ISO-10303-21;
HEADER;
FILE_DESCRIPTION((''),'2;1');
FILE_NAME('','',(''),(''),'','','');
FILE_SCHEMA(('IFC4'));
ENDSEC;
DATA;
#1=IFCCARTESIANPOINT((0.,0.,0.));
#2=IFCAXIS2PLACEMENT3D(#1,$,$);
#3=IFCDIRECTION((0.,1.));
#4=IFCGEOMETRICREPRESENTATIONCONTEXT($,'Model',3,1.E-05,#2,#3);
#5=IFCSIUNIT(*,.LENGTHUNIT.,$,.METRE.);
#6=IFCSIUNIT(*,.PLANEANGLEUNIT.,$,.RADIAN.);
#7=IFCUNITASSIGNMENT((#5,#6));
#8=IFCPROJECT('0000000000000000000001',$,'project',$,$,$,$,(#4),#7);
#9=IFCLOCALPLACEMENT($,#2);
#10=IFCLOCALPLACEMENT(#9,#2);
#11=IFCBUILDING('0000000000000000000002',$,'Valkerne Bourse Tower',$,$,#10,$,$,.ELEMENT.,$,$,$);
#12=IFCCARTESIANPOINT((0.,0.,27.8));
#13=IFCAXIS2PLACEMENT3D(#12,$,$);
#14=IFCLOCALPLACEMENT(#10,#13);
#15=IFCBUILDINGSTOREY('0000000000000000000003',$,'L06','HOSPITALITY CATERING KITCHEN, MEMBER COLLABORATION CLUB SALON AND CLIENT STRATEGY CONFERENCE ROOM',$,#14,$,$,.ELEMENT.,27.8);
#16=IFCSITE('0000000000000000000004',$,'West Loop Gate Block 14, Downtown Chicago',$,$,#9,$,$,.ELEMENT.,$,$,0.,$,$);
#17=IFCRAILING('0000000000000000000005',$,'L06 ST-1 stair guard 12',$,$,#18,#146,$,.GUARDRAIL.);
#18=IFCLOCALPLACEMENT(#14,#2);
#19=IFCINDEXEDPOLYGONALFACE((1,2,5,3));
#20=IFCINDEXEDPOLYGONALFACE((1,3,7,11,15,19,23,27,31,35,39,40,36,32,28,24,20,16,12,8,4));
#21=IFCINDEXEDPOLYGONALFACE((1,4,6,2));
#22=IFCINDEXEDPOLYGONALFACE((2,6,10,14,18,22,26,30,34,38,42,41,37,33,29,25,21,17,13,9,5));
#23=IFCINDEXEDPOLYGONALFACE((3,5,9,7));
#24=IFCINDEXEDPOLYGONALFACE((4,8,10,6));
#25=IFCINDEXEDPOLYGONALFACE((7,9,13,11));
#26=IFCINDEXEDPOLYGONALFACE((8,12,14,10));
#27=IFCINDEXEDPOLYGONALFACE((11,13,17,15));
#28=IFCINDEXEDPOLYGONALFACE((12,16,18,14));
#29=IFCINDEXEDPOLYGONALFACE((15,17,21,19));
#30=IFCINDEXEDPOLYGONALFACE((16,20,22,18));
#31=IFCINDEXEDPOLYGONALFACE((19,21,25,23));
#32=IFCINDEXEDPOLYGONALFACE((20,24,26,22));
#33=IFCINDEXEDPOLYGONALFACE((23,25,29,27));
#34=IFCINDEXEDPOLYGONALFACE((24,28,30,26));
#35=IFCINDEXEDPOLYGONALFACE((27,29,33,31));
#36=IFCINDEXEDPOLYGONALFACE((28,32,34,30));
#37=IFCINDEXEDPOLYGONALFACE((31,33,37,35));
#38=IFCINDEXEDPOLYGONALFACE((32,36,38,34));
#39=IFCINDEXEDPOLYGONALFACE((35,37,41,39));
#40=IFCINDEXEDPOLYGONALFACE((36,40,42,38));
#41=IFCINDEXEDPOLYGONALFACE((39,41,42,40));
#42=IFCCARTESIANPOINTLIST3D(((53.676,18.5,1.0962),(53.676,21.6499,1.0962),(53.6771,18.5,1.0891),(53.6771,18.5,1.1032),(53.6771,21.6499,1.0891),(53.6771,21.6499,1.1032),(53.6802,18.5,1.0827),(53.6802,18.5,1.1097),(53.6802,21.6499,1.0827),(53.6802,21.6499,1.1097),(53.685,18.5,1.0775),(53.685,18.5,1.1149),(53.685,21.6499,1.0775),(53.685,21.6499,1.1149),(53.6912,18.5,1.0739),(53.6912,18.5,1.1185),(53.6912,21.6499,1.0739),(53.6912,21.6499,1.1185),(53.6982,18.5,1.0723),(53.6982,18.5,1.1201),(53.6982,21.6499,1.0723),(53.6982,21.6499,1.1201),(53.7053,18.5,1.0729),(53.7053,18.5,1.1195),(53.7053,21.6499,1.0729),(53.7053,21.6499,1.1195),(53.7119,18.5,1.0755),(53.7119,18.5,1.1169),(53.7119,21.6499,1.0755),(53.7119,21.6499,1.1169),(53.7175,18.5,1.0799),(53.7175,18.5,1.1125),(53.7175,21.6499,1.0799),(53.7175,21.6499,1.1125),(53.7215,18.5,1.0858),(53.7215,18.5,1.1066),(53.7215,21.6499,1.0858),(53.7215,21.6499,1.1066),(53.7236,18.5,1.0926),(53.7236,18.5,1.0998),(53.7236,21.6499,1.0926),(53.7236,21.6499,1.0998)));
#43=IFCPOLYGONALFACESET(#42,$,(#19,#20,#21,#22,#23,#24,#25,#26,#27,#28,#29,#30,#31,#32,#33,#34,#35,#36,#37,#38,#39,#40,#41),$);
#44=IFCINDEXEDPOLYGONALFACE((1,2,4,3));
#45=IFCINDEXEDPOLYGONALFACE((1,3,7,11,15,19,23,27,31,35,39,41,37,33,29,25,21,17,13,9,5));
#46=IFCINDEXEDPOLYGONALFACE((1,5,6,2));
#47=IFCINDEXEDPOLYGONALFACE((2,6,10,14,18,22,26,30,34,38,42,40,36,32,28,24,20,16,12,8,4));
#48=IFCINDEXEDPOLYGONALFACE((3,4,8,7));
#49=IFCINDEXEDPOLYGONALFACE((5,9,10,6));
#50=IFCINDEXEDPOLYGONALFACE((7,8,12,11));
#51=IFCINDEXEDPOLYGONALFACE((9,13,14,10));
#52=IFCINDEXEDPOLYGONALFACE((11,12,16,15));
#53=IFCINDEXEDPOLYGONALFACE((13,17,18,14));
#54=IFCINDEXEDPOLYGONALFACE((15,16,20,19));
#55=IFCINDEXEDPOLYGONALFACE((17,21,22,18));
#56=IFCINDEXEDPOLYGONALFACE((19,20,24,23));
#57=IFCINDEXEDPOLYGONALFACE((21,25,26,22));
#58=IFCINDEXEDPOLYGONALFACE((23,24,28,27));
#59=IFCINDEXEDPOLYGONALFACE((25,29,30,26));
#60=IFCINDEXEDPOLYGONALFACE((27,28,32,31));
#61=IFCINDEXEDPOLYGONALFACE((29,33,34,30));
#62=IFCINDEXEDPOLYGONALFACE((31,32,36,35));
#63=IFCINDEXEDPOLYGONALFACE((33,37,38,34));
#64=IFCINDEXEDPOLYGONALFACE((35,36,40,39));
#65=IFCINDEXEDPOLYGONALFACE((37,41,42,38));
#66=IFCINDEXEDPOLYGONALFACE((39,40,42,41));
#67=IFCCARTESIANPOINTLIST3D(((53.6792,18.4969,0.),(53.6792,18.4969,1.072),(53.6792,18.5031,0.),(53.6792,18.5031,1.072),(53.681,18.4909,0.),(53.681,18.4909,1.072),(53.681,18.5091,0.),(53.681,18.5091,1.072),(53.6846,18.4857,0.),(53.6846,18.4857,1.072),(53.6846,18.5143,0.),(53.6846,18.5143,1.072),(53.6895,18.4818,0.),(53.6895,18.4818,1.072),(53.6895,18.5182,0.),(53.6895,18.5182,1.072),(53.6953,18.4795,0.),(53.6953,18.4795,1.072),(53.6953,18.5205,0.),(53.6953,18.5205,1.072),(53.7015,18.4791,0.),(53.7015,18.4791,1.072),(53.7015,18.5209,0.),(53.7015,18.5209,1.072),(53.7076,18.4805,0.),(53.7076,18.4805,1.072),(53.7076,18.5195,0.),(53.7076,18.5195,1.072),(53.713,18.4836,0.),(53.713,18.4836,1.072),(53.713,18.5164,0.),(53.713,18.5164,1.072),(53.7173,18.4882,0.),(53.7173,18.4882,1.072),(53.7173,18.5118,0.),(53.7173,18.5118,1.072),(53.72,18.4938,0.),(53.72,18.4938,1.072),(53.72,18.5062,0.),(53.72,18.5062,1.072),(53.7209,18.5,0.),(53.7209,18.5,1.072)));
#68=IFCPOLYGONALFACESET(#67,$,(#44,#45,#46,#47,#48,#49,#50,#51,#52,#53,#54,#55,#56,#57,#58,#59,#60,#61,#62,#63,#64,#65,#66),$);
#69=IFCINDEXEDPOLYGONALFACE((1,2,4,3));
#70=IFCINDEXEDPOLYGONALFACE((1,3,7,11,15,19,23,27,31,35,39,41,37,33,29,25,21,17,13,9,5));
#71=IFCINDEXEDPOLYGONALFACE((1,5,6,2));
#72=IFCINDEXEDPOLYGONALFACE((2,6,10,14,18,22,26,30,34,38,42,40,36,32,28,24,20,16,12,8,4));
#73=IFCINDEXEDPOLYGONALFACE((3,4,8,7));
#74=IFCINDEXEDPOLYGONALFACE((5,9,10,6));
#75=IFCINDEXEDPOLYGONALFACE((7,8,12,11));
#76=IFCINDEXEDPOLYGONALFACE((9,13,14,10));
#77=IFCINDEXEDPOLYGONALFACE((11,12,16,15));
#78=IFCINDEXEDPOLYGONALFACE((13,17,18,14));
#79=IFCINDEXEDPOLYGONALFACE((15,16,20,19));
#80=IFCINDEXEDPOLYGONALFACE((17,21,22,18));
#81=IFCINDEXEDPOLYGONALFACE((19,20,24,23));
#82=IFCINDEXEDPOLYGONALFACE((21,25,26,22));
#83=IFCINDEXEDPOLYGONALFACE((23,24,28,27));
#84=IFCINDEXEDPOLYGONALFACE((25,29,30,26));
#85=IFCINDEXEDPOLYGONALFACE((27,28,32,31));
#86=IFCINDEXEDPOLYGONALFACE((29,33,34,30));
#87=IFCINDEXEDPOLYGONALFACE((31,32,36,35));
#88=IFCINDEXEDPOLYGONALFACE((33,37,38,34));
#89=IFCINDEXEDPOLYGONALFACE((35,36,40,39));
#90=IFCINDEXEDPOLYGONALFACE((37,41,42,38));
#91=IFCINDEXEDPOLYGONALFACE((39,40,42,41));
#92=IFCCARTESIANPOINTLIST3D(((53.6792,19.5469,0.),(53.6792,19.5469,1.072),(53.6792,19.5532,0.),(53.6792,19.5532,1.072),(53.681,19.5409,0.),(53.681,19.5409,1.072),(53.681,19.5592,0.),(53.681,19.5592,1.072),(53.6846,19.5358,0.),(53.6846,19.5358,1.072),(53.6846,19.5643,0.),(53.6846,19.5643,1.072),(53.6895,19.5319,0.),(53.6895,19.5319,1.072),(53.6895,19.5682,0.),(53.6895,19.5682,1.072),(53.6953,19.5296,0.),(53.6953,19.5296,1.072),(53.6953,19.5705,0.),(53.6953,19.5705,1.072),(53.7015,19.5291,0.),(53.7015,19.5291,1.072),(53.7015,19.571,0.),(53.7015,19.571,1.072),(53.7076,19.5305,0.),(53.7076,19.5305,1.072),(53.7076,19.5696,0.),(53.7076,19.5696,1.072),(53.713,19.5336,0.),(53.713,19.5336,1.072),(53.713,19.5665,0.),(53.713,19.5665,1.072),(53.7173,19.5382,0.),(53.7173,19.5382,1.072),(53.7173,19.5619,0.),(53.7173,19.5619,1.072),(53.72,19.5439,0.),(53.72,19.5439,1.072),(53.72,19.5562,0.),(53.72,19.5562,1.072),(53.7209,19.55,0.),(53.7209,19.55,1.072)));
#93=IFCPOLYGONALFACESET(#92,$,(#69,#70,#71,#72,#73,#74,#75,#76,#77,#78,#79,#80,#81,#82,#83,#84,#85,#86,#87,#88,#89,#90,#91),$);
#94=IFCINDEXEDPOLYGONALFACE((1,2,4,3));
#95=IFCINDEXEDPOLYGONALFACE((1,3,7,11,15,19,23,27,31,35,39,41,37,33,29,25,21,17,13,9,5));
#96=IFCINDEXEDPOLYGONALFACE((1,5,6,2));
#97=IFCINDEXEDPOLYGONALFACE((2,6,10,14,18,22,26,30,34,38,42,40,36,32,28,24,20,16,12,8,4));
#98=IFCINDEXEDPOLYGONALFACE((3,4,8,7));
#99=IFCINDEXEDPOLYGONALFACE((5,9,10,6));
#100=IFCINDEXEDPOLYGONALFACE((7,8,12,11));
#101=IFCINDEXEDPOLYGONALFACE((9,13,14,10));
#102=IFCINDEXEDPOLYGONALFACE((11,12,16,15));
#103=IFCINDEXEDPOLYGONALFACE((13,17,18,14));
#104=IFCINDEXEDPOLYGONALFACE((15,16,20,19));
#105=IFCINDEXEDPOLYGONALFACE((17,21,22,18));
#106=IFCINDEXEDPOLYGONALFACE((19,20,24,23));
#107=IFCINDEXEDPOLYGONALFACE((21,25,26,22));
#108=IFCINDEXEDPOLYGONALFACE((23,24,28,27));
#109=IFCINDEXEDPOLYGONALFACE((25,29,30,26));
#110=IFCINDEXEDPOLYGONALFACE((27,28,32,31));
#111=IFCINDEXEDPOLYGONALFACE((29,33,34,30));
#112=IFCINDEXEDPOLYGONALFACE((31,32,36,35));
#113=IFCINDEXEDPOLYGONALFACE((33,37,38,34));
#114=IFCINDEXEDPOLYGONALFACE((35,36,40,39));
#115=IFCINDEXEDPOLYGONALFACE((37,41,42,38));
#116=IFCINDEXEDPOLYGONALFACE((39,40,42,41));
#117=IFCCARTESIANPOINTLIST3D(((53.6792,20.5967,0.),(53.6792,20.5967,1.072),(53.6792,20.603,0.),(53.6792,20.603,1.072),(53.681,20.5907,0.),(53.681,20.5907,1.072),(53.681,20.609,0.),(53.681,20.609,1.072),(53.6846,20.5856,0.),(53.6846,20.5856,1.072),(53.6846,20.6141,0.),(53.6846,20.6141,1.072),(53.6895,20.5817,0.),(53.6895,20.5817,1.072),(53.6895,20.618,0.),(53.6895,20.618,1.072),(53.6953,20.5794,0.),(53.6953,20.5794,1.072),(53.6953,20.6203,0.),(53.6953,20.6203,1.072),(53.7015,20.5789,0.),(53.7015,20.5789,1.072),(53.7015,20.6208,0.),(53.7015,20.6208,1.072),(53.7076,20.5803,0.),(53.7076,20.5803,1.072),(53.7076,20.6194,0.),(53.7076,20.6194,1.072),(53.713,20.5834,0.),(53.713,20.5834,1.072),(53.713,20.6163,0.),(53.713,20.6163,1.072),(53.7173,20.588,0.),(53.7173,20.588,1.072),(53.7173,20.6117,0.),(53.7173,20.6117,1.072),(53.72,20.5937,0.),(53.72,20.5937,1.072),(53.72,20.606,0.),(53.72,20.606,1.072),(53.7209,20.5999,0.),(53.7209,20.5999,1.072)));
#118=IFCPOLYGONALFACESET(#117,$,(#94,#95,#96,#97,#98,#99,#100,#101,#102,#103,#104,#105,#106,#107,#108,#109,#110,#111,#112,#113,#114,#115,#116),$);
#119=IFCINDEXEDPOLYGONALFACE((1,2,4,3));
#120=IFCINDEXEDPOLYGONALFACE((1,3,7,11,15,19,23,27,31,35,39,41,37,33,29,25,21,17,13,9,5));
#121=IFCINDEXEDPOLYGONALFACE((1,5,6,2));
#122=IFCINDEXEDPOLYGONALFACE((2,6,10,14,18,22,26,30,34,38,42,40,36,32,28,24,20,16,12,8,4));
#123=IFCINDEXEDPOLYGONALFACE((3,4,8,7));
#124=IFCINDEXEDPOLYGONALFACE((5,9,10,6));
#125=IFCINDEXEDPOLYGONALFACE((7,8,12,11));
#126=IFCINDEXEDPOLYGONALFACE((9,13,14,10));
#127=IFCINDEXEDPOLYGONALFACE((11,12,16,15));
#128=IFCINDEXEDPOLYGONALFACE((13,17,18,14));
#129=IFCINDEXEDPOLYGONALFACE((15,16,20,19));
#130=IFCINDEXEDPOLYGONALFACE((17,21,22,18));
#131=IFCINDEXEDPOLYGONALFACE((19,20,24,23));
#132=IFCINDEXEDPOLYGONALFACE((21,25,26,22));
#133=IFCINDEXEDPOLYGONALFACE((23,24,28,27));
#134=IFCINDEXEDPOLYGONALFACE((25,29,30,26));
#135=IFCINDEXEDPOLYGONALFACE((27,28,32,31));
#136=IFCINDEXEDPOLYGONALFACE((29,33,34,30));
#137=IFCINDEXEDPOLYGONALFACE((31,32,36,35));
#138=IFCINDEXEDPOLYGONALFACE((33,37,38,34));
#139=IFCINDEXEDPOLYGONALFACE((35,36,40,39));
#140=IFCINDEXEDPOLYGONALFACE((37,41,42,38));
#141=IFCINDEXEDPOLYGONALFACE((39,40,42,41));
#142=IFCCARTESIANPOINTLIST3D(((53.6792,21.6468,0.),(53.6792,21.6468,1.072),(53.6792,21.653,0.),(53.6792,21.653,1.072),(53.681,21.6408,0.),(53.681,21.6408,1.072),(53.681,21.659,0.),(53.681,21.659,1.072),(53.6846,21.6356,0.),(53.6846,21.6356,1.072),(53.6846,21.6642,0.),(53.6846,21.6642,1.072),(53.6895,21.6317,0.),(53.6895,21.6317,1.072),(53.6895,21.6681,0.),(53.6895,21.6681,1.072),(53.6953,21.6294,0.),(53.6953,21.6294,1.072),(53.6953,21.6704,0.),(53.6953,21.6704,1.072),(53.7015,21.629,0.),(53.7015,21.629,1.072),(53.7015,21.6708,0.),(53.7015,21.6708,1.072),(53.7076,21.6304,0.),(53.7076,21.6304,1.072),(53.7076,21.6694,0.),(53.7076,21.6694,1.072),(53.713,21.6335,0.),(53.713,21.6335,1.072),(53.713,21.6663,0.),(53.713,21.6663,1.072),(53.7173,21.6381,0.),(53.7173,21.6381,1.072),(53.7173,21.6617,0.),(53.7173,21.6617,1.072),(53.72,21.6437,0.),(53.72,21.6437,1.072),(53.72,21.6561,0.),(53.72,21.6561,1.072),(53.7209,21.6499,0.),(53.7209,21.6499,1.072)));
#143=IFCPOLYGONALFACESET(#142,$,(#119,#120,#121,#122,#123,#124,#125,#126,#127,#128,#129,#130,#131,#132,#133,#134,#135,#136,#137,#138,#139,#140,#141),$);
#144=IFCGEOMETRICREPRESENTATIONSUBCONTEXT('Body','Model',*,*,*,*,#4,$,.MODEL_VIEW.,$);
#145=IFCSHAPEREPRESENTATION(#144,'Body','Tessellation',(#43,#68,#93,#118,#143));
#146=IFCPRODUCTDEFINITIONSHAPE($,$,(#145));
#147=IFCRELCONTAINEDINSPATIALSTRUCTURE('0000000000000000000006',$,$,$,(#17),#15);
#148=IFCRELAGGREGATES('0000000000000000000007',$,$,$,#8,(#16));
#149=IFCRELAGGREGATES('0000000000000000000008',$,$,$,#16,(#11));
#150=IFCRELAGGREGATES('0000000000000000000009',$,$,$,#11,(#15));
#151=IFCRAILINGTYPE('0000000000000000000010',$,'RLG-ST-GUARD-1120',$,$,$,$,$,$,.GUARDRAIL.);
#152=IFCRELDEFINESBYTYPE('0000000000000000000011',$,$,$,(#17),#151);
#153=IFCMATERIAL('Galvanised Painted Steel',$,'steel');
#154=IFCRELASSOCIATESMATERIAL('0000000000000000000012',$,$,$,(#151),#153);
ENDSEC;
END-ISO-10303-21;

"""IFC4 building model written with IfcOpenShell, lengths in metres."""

from ifc_helpers import new_model, si_unit, direction, frame, origin, origin_2d, place, context, subcontext, project, spatial, circle, extrude, material, type_object, element, save


model = new_model("IFC4")

# Units and contexts
model_context = context("Model", 3, precision=1e-05, world=origin(), true_north=direction((0.0, 1.0)))
body_context = subcontext(model_context, "Body", "Model", "MODEL_VIEW")
ifc_project = project(units=[si_unit("LENGTHUNIT", "METRE"), si_unit("PLANEANGLEUNIT", "RADIAN")], contexts=[model_context])

# Site, building, storey
site_placement = place(None, origin())
site = spatial("IfcSite", under=ifc_project, at=site_placement, Name="West Loop Gate Block 14, Downtown Chicago", CompositionType="ELEMENT", RefElevation=0.0)
building_placement = place(site_placement, origin())
building = spatial("IfcBuilding", under=site, at=building_placement, Name="Valkerne Bourse Tower", CompositionType="ELEMENT")
storey_placement = place(building_placement, frame((0.0, 0.0, 27.8)))
storey = spatial("IfcBuildingStorey", under=building, at=storey_placement, Name="L06", Description="HOSPITALITY CATERING KITCHEN, MEMBER COLLABORATION CLUB SALON AND CLIENT STRATEGY CONFERENCE ROOM", CompositionType="ELEMENT", Elevation=27.8)

# Shared definitions
ifc_material_1 = material(Name="Galvanised Painted Steel", Category="steel")

# Railing
railing_type_1 = type_object("IfcRailingType", Name="RLG-ST-GUARD-1120", PredefinedType="GUARDRAIL", material=ifc_material_1)
railing_1_placement = place(storey_placement, frame((53.7, 18.5, 0.0)))
element("IfcRailing", 1, at=railing_1_placement, inside=storey, type_object=railing_type_1, Name="L06 ST-1 stair guard 12", PredefinedType="GUARDRAIL", context=body_context, shape_type="SweptSolid", body=[
    extrude(circle(Radius=0.0239, at=origin_2d()), frame((0.0, 0.0, 1.0962), z_axis=(0.0, 1.0, 0.0), x_axis=(-1.0, 0.0, 0.0)), (0.0, 0.0, 1.0), 3.1499),
    extrude(circle(Radius=0.021, at=origin_2d()), origin(), (0.0, 0.0, 1.0), 1.072),
    extrude(circle(Radius=0.021, at=origin_2d()), frame((0.0, 1.05, 0.0)), (0.0, 0.0, 1.0), 1.072),
    extrude(circle(Radius=0.021, at=origin_2d()), frame((0.0, 2.0999, 0.0)), (0.0, 0.0, 1.0), 1.072),
    extrude(circle(Radius=0.021, at=origin_2d()), frame((0.0, 3.1499, 0.0)), (0.0, 0.0, 1.0), 1.072),
])

save(model, "model.ifc")
